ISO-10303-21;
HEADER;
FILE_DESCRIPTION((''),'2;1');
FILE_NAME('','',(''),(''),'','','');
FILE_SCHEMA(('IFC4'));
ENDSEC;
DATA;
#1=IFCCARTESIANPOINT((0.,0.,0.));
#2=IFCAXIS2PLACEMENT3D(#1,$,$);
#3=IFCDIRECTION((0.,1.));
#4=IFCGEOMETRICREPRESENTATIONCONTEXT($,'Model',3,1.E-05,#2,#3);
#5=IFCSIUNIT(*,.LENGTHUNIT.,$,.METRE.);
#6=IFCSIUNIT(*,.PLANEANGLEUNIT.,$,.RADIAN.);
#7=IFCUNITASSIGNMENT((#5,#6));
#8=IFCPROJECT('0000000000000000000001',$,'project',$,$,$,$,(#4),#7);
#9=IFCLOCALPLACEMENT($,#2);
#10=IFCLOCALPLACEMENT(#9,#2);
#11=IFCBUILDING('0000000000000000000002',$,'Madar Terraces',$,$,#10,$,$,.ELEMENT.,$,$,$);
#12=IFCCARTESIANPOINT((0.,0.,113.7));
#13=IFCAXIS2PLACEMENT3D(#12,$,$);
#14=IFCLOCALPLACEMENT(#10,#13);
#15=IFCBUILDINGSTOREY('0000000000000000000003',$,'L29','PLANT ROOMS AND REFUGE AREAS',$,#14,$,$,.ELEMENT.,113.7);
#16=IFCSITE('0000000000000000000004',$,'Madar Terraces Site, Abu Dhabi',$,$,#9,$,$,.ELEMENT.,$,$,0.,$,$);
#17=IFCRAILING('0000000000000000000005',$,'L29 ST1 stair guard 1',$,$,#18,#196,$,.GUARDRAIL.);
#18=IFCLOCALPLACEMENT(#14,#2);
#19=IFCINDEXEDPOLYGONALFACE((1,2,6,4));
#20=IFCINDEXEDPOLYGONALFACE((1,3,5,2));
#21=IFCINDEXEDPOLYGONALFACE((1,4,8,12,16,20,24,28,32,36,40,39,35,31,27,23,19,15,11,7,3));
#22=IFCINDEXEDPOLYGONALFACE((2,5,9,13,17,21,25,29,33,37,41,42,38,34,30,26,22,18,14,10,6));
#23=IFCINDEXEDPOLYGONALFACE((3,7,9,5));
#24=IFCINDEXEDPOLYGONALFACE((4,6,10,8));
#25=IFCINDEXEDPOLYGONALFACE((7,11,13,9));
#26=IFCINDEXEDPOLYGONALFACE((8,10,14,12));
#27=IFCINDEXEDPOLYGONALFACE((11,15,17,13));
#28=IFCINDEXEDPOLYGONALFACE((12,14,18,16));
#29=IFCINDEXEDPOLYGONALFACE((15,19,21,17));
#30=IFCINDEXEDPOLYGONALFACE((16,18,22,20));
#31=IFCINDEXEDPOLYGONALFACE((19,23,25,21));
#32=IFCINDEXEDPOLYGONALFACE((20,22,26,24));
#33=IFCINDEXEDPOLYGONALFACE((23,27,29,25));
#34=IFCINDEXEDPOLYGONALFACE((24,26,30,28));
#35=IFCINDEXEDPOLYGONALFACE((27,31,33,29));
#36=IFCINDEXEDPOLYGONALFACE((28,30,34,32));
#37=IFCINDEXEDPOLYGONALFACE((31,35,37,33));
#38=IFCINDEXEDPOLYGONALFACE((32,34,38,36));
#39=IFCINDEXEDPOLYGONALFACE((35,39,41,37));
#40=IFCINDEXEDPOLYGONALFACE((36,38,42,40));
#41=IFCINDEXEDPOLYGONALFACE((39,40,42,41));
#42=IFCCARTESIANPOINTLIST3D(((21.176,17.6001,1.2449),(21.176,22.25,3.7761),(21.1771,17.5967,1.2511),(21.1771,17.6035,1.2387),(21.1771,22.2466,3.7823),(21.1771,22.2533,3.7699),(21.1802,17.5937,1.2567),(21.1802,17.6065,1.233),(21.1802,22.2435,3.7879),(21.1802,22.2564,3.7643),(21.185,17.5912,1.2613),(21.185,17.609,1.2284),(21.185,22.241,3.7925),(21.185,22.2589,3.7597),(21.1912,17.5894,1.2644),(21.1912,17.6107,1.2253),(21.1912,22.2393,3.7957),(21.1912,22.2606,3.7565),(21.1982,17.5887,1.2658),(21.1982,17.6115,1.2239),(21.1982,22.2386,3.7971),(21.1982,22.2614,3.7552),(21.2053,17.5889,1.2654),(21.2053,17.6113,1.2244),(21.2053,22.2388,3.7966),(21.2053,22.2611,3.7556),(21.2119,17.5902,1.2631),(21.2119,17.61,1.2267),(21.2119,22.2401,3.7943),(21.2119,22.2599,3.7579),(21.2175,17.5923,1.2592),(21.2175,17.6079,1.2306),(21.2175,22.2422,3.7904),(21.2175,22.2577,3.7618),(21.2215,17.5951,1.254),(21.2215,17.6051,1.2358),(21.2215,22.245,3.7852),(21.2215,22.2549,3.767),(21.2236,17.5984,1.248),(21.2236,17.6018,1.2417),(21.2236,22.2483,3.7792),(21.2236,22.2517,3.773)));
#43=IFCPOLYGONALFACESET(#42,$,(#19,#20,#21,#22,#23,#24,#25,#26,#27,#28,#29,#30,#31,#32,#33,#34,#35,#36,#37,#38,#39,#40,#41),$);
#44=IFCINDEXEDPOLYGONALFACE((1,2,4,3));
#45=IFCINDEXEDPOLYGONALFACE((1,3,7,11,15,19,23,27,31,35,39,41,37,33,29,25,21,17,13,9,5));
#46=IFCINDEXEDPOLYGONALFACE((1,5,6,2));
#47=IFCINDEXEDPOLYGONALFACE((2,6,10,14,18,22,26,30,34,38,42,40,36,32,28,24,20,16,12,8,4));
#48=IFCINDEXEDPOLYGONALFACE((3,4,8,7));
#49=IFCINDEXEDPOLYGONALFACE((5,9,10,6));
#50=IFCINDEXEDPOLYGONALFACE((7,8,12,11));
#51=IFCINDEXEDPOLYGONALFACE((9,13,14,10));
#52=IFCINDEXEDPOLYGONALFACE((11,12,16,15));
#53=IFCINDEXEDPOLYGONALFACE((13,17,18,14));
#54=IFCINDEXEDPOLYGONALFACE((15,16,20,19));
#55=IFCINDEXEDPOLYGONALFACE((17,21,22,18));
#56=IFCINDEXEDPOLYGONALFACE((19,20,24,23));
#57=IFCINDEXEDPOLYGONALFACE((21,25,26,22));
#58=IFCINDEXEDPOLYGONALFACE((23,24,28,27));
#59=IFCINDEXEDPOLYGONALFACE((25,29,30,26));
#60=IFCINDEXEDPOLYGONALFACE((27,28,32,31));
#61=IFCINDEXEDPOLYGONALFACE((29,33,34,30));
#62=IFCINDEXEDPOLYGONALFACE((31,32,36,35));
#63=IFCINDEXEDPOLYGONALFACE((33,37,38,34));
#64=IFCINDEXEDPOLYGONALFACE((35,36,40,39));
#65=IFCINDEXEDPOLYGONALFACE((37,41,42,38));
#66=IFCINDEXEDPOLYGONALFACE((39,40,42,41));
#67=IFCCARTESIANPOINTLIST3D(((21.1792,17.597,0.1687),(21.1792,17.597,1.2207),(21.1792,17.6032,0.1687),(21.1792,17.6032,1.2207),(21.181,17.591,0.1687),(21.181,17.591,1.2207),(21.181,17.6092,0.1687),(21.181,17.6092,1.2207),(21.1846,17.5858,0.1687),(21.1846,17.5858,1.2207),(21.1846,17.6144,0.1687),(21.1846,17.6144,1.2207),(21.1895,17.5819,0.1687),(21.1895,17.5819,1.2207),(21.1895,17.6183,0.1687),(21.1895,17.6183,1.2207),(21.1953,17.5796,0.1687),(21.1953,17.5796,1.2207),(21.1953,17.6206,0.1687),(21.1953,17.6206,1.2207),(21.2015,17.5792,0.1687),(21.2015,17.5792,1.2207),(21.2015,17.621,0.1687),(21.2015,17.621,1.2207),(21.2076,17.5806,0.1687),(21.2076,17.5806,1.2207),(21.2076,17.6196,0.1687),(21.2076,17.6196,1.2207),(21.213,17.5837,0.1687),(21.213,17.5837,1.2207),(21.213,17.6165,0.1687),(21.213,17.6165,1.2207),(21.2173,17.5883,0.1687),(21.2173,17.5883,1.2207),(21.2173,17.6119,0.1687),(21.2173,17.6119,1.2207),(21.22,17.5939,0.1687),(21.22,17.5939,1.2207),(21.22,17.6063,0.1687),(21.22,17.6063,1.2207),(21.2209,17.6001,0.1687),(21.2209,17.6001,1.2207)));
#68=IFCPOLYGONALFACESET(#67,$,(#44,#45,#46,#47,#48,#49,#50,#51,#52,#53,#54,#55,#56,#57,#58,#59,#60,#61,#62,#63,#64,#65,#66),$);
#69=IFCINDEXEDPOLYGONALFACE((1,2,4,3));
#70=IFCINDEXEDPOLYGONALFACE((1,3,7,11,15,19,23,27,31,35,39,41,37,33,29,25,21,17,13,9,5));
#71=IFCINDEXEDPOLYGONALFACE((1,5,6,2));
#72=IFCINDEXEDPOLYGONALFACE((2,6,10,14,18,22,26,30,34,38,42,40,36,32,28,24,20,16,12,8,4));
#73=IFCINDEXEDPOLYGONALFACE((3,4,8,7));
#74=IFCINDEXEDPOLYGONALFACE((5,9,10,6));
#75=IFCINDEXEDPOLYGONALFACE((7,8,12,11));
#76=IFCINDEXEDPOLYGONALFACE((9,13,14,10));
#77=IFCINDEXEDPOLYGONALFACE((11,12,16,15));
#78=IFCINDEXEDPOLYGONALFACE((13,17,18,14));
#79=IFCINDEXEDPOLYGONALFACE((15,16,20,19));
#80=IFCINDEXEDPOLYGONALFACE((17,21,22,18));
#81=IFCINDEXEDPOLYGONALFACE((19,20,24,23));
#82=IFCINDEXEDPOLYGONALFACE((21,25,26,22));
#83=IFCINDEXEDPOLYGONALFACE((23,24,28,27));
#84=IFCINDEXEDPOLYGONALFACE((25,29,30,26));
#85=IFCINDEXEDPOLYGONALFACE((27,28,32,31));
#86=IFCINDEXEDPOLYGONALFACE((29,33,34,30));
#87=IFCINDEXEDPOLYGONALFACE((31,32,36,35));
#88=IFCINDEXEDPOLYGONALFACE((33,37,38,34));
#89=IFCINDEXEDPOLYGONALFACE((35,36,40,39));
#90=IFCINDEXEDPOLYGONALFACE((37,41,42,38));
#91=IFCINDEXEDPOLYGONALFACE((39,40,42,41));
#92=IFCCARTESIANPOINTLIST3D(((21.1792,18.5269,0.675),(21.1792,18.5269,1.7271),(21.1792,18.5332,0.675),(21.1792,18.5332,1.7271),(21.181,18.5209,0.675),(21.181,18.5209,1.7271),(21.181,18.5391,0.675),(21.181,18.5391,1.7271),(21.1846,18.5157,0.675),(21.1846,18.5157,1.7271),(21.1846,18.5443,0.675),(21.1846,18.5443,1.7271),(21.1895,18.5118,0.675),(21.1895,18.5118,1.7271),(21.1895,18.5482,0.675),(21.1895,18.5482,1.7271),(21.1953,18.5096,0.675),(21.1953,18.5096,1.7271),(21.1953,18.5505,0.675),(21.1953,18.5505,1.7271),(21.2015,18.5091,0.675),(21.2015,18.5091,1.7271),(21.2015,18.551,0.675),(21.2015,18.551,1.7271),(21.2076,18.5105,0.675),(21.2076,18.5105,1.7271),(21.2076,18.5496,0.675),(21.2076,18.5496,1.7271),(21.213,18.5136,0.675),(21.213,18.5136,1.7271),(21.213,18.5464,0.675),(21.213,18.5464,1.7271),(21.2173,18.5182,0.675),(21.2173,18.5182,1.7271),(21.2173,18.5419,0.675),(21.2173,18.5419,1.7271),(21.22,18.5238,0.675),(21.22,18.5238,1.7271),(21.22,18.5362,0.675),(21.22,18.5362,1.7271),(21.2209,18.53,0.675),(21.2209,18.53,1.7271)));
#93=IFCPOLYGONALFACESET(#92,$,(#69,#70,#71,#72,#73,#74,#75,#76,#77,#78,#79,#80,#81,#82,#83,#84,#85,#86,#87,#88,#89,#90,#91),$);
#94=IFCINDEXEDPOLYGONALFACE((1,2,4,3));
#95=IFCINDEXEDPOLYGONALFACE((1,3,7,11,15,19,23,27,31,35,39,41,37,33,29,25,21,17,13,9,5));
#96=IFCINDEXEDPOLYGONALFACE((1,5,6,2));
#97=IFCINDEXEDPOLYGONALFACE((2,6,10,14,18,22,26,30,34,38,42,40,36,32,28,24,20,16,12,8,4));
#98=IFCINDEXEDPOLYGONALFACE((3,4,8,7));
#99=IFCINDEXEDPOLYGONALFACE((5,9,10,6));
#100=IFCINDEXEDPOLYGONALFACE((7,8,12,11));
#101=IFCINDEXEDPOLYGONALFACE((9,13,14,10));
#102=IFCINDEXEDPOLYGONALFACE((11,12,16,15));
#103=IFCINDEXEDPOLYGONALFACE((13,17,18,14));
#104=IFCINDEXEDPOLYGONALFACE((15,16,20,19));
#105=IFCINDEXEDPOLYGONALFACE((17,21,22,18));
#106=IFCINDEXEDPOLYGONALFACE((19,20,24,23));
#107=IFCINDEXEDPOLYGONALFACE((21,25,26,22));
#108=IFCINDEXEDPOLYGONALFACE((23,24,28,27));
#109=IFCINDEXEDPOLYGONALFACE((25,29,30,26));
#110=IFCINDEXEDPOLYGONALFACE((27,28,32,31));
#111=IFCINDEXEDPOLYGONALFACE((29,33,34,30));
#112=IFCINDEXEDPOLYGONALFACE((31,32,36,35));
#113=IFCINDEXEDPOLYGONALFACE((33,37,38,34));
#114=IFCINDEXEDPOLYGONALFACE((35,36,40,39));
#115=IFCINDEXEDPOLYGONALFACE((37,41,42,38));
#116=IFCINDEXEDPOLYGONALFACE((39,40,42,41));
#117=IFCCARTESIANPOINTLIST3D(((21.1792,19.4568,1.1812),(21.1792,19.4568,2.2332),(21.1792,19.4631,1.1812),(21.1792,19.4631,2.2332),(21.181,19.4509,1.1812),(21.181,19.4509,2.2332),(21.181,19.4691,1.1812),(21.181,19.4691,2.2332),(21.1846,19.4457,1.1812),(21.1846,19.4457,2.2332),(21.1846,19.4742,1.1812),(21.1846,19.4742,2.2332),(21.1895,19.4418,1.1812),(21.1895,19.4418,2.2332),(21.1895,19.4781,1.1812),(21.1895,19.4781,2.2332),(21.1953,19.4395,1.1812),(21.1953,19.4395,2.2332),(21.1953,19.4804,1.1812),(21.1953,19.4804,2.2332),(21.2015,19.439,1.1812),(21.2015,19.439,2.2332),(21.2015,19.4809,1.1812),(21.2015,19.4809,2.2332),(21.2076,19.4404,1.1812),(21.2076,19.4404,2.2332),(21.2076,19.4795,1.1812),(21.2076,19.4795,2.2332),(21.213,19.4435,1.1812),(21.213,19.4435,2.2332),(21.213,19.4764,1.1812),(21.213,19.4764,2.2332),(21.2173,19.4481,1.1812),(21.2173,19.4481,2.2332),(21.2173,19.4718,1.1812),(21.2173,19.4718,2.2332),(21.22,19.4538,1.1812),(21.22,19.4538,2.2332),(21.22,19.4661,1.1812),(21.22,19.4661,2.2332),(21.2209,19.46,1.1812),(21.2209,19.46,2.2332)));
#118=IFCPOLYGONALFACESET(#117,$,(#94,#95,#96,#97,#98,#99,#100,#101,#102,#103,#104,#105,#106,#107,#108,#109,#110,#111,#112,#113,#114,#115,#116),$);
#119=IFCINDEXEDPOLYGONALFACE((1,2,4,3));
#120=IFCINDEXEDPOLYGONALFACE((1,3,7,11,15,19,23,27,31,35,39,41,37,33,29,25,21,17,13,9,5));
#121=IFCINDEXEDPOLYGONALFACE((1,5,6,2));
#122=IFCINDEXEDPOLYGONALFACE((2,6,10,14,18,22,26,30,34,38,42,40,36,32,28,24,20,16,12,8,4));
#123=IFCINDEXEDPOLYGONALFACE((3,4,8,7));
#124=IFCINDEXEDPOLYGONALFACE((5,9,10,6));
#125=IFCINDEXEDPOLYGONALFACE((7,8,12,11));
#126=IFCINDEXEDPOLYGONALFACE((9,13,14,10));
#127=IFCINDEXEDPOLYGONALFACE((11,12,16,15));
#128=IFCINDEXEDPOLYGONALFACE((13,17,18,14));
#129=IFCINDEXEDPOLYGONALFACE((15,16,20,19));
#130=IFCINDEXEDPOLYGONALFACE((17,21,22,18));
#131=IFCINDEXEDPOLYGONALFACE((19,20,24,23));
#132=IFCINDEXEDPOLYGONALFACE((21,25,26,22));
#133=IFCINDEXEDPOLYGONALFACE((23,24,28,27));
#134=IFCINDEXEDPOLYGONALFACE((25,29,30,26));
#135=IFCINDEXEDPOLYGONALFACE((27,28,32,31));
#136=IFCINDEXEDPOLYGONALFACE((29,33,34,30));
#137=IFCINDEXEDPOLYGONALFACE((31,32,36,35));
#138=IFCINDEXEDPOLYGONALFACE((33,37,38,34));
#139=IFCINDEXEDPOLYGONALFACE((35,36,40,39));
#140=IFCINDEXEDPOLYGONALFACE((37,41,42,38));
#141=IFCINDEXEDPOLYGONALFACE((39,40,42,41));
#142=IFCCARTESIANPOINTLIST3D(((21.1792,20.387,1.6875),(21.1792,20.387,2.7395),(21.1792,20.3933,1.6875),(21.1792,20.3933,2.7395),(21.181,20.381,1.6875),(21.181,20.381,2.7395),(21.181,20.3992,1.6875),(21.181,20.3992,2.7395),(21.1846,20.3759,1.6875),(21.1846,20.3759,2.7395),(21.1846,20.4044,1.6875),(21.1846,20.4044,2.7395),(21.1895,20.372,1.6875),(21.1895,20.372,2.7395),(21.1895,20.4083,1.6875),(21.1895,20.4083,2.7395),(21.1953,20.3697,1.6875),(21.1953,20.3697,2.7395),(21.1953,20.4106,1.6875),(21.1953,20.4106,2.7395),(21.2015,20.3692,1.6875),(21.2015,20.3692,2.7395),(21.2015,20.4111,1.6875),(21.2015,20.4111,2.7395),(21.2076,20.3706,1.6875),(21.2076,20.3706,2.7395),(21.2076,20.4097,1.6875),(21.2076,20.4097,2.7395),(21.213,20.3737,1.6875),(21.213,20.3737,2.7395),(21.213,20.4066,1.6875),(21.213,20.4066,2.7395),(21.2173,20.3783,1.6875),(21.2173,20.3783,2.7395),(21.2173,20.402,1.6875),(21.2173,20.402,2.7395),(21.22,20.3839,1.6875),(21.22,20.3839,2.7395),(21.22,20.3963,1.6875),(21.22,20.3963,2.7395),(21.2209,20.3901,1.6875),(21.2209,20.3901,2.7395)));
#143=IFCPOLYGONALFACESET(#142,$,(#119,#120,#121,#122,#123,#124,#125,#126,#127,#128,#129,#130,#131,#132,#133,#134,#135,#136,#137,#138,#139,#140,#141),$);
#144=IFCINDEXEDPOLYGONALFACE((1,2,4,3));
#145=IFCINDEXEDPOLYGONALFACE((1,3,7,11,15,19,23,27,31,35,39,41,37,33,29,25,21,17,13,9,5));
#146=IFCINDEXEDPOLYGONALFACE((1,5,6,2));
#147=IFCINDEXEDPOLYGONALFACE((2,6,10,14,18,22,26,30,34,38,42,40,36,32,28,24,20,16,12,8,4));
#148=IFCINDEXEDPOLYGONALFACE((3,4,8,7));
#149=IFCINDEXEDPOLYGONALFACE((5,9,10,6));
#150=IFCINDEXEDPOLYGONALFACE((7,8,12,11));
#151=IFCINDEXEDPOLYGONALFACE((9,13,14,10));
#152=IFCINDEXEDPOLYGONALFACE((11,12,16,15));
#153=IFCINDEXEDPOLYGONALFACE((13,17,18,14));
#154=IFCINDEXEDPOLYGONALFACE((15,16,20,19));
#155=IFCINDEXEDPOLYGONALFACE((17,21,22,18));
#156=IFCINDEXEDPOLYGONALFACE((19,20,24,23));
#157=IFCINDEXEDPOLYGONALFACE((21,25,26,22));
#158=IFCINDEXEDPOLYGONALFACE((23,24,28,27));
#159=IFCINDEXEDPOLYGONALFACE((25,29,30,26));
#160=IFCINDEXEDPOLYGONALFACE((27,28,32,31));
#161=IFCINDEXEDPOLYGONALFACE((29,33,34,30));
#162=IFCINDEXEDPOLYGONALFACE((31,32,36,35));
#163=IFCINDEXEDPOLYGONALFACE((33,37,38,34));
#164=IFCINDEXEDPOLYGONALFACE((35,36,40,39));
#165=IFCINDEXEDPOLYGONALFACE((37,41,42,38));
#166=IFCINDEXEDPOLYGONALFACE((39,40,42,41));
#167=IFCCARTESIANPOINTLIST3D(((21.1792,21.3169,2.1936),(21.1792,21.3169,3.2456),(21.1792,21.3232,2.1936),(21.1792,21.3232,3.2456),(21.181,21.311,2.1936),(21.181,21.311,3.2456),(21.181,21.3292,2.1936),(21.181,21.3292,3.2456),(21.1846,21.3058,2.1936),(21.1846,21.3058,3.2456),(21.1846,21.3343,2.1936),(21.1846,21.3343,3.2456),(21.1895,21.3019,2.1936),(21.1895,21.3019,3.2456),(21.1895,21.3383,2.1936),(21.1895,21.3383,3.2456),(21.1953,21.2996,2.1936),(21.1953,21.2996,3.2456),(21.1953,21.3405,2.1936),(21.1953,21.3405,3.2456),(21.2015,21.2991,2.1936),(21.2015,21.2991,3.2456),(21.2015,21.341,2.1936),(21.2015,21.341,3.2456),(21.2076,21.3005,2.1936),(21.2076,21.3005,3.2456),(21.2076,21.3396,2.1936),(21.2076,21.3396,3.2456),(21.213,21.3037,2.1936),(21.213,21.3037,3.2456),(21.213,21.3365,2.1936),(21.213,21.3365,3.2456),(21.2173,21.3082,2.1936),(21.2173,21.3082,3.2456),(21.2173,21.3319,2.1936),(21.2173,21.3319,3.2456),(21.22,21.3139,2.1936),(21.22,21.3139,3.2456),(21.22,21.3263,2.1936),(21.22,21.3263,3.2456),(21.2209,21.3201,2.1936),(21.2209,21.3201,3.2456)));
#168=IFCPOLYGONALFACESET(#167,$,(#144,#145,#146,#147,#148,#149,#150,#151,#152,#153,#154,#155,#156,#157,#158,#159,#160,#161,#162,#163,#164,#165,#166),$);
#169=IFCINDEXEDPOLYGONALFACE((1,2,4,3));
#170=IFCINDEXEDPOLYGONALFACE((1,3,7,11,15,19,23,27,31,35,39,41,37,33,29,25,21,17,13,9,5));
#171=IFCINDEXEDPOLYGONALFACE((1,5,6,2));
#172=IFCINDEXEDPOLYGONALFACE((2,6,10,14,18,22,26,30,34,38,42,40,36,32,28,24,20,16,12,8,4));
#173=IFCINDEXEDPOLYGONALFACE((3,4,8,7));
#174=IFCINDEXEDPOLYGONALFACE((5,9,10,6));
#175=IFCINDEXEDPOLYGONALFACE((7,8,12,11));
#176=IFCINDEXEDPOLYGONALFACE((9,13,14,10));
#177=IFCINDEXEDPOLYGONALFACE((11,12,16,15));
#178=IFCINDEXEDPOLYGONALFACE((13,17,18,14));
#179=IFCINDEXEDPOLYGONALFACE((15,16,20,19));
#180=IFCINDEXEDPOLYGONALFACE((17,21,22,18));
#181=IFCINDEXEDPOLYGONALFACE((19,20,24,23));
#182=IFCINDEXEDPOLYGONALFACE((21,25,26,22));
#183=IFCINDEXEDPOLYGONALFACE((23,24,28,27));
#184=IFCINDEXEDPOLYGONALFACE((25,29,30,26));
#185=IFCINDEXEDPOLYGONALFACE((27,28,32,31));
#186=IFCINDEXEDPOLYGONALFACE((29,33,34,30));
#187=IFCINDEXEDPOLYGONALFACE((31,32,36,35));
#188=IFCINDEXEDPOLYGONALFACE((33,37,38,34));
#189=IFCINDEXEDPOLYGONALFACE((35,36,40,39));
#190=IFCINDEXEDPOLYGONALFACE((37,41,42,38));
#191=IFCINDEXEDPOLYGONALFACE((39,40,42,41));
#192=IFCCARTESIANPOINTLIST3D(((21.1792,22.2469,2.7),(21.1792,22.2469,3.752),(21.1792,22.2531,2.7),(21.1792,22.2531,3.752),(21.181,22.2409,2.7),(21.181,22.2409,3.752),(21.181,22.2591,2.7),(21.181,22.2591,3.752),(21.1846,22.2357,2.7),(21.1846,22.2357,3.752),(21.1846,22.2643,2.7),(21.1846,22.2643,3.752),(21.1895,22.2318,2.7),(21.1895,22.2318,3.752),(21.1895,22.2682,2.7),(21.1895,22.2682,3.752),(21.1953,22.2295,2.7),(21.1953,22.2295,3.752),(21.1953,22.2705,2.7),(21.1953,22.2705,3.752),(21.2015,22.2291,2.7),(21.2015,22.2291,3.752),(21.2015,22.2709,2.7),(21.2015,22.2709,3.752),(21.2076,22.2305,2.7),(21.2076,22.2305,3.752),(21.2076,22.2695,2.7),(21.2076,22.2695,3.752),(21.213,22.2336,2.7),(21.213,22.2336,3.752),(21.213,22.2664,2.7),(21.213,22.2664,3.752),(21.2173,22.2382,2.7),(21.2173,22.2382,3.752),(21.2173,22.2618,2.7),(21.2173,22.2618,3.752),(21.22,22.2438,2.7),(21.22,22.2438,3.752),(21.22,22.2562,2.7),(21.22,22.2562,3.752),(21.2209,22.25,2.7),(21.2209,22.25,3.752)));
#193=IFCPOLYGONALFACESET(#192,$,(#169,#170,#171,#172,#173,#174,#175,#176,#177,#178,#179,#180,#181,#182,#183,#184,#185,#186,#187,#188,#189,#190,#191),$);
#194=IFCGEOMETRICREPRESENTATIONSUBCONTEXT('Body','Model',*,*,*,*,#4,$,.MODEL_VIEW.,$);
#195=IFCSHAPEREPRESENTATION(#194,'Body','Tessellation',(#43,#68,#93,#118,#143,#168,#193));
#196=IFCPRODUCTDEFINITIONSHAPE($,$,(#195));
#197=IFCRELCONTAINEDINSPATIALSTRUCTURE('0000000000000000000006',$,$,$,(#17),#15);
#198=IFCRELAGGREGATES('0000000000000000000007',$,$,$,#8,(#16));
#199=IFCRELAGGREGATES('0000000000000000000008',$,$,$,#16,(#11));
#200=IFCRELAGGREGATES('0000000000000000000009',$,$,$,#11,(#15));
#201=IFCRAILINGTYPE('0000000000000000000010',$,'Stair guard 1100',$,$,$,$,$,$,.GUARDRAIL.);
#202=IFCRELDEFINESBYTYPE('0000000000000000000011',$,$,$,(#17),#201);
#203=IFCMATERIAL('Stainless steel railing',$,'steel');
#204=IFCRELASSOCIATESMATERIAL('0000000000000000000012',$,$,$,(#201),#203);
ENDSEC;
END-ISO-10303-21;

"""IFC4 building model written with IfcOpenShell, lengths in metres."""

from ifc_helpers import new_model, si_unit, direction, frame, origin, origin_2d, place, context, subcontext, project, spatial, circle, extrude, material, type_object, element, save


model = new_model("IFC4")

# Units and contexts
model_context = context("Model", 3, precision=1e-05, world=origin(), true_north=direction((0.0, 1.0)))
body_context = subcontext(model_context, "Body", "Model", "MODEL_VIEW")
ifc_project = project(units=[si_unit("LENGTHUNIT", "METRE"), si_unit("PLANEANGLEUNIT", "RADIAN")], contexts=[model_context])

# Site, building, storey
site_placement = place(None, origin())
site = spatial("IfcSite", under=ifc_project, at=site_placement, Name="Madar Terraces Site, Abu Dhabi", CompositionType="ELEMENT", RefElevation=0.0)
building_placement = place(site_placement, origin())
building = spatial("IfcBuilding", under=site, at=building_placement, Name="Madar Terraces", CompositionType="ELEMENT")
storey_placement = place(building_placement, frame((0.0, 0.0, 113.7)))
storey = spatial("IfcBuildingStorey", under=building, at=storey_placement, Name="L29", Description="PLANT ROOMS AND REFUGE AREAS", CompositionType="ELEMENT", Elevation=113.7)

# Railing
ifc_material_1 = material(Name="Stainless steel railing", Category="steel")
railing_type_1 = type_object("IfcRailingType", Name="Stair guard 1100", PredefinedType="GUARDRAIL", material=ifc_material_1)
railing_1_placement = place(storey_placement, frame((21.2, 17.6001, 0.1687)))
element("IfcRailing", 1, at=railing_1_placement, inside=storey, type_object=railing_type_1, Name="L29 ST1 stair guard 1", PredefinedType="GUARDRAIL", context=body_context, shape_type="SweptSolid", body=[
    extrude(circle(Radius=0.0239, at=origin_2d()), frame((0.0, 0.0, 1.0762), z_axis=(0.0, 0.878297, 0.478115), x_axis=(-1.0, 0.0, 0.0)), (0.0, 0.0, 1.0), 5.2942),
    extrude(circle(Radius=0.021, at=origin_2d()), origin(), (0.0, 0.0, 1.0), 1.052),
    extrude(circle(Radius=0.021, at=origin_2d()), frame((0.0, 0.9299, 0.5063)), (0.0, 0.0, 1.0), 1.052),
    extrude(circle(Radius=0.021, at=origin_2d()), frame((0.0, 1.8599, 1.0125)), (0.0, 0.0, 1.0), 1.052),
    extrude(circle(Radius=0.021, at=origin_2d()), frame((0.0, 2.79, 1.5188)), (0.0, 0.0, 1.0), 1.052),
    extrude(circle(Radius=0.021, at=origin_2d()), frame((0.0, 3.72, 2.0249)), (0.0, 0.0, 1.0), 1.052),
    extrude(circle(Radius=0.021, at=origin_2d()), frame((0.0, 4.6499, 2.5312)), (0.0, 0.0, 1.0), 1.052),
])

save(model, "model.ifc")
